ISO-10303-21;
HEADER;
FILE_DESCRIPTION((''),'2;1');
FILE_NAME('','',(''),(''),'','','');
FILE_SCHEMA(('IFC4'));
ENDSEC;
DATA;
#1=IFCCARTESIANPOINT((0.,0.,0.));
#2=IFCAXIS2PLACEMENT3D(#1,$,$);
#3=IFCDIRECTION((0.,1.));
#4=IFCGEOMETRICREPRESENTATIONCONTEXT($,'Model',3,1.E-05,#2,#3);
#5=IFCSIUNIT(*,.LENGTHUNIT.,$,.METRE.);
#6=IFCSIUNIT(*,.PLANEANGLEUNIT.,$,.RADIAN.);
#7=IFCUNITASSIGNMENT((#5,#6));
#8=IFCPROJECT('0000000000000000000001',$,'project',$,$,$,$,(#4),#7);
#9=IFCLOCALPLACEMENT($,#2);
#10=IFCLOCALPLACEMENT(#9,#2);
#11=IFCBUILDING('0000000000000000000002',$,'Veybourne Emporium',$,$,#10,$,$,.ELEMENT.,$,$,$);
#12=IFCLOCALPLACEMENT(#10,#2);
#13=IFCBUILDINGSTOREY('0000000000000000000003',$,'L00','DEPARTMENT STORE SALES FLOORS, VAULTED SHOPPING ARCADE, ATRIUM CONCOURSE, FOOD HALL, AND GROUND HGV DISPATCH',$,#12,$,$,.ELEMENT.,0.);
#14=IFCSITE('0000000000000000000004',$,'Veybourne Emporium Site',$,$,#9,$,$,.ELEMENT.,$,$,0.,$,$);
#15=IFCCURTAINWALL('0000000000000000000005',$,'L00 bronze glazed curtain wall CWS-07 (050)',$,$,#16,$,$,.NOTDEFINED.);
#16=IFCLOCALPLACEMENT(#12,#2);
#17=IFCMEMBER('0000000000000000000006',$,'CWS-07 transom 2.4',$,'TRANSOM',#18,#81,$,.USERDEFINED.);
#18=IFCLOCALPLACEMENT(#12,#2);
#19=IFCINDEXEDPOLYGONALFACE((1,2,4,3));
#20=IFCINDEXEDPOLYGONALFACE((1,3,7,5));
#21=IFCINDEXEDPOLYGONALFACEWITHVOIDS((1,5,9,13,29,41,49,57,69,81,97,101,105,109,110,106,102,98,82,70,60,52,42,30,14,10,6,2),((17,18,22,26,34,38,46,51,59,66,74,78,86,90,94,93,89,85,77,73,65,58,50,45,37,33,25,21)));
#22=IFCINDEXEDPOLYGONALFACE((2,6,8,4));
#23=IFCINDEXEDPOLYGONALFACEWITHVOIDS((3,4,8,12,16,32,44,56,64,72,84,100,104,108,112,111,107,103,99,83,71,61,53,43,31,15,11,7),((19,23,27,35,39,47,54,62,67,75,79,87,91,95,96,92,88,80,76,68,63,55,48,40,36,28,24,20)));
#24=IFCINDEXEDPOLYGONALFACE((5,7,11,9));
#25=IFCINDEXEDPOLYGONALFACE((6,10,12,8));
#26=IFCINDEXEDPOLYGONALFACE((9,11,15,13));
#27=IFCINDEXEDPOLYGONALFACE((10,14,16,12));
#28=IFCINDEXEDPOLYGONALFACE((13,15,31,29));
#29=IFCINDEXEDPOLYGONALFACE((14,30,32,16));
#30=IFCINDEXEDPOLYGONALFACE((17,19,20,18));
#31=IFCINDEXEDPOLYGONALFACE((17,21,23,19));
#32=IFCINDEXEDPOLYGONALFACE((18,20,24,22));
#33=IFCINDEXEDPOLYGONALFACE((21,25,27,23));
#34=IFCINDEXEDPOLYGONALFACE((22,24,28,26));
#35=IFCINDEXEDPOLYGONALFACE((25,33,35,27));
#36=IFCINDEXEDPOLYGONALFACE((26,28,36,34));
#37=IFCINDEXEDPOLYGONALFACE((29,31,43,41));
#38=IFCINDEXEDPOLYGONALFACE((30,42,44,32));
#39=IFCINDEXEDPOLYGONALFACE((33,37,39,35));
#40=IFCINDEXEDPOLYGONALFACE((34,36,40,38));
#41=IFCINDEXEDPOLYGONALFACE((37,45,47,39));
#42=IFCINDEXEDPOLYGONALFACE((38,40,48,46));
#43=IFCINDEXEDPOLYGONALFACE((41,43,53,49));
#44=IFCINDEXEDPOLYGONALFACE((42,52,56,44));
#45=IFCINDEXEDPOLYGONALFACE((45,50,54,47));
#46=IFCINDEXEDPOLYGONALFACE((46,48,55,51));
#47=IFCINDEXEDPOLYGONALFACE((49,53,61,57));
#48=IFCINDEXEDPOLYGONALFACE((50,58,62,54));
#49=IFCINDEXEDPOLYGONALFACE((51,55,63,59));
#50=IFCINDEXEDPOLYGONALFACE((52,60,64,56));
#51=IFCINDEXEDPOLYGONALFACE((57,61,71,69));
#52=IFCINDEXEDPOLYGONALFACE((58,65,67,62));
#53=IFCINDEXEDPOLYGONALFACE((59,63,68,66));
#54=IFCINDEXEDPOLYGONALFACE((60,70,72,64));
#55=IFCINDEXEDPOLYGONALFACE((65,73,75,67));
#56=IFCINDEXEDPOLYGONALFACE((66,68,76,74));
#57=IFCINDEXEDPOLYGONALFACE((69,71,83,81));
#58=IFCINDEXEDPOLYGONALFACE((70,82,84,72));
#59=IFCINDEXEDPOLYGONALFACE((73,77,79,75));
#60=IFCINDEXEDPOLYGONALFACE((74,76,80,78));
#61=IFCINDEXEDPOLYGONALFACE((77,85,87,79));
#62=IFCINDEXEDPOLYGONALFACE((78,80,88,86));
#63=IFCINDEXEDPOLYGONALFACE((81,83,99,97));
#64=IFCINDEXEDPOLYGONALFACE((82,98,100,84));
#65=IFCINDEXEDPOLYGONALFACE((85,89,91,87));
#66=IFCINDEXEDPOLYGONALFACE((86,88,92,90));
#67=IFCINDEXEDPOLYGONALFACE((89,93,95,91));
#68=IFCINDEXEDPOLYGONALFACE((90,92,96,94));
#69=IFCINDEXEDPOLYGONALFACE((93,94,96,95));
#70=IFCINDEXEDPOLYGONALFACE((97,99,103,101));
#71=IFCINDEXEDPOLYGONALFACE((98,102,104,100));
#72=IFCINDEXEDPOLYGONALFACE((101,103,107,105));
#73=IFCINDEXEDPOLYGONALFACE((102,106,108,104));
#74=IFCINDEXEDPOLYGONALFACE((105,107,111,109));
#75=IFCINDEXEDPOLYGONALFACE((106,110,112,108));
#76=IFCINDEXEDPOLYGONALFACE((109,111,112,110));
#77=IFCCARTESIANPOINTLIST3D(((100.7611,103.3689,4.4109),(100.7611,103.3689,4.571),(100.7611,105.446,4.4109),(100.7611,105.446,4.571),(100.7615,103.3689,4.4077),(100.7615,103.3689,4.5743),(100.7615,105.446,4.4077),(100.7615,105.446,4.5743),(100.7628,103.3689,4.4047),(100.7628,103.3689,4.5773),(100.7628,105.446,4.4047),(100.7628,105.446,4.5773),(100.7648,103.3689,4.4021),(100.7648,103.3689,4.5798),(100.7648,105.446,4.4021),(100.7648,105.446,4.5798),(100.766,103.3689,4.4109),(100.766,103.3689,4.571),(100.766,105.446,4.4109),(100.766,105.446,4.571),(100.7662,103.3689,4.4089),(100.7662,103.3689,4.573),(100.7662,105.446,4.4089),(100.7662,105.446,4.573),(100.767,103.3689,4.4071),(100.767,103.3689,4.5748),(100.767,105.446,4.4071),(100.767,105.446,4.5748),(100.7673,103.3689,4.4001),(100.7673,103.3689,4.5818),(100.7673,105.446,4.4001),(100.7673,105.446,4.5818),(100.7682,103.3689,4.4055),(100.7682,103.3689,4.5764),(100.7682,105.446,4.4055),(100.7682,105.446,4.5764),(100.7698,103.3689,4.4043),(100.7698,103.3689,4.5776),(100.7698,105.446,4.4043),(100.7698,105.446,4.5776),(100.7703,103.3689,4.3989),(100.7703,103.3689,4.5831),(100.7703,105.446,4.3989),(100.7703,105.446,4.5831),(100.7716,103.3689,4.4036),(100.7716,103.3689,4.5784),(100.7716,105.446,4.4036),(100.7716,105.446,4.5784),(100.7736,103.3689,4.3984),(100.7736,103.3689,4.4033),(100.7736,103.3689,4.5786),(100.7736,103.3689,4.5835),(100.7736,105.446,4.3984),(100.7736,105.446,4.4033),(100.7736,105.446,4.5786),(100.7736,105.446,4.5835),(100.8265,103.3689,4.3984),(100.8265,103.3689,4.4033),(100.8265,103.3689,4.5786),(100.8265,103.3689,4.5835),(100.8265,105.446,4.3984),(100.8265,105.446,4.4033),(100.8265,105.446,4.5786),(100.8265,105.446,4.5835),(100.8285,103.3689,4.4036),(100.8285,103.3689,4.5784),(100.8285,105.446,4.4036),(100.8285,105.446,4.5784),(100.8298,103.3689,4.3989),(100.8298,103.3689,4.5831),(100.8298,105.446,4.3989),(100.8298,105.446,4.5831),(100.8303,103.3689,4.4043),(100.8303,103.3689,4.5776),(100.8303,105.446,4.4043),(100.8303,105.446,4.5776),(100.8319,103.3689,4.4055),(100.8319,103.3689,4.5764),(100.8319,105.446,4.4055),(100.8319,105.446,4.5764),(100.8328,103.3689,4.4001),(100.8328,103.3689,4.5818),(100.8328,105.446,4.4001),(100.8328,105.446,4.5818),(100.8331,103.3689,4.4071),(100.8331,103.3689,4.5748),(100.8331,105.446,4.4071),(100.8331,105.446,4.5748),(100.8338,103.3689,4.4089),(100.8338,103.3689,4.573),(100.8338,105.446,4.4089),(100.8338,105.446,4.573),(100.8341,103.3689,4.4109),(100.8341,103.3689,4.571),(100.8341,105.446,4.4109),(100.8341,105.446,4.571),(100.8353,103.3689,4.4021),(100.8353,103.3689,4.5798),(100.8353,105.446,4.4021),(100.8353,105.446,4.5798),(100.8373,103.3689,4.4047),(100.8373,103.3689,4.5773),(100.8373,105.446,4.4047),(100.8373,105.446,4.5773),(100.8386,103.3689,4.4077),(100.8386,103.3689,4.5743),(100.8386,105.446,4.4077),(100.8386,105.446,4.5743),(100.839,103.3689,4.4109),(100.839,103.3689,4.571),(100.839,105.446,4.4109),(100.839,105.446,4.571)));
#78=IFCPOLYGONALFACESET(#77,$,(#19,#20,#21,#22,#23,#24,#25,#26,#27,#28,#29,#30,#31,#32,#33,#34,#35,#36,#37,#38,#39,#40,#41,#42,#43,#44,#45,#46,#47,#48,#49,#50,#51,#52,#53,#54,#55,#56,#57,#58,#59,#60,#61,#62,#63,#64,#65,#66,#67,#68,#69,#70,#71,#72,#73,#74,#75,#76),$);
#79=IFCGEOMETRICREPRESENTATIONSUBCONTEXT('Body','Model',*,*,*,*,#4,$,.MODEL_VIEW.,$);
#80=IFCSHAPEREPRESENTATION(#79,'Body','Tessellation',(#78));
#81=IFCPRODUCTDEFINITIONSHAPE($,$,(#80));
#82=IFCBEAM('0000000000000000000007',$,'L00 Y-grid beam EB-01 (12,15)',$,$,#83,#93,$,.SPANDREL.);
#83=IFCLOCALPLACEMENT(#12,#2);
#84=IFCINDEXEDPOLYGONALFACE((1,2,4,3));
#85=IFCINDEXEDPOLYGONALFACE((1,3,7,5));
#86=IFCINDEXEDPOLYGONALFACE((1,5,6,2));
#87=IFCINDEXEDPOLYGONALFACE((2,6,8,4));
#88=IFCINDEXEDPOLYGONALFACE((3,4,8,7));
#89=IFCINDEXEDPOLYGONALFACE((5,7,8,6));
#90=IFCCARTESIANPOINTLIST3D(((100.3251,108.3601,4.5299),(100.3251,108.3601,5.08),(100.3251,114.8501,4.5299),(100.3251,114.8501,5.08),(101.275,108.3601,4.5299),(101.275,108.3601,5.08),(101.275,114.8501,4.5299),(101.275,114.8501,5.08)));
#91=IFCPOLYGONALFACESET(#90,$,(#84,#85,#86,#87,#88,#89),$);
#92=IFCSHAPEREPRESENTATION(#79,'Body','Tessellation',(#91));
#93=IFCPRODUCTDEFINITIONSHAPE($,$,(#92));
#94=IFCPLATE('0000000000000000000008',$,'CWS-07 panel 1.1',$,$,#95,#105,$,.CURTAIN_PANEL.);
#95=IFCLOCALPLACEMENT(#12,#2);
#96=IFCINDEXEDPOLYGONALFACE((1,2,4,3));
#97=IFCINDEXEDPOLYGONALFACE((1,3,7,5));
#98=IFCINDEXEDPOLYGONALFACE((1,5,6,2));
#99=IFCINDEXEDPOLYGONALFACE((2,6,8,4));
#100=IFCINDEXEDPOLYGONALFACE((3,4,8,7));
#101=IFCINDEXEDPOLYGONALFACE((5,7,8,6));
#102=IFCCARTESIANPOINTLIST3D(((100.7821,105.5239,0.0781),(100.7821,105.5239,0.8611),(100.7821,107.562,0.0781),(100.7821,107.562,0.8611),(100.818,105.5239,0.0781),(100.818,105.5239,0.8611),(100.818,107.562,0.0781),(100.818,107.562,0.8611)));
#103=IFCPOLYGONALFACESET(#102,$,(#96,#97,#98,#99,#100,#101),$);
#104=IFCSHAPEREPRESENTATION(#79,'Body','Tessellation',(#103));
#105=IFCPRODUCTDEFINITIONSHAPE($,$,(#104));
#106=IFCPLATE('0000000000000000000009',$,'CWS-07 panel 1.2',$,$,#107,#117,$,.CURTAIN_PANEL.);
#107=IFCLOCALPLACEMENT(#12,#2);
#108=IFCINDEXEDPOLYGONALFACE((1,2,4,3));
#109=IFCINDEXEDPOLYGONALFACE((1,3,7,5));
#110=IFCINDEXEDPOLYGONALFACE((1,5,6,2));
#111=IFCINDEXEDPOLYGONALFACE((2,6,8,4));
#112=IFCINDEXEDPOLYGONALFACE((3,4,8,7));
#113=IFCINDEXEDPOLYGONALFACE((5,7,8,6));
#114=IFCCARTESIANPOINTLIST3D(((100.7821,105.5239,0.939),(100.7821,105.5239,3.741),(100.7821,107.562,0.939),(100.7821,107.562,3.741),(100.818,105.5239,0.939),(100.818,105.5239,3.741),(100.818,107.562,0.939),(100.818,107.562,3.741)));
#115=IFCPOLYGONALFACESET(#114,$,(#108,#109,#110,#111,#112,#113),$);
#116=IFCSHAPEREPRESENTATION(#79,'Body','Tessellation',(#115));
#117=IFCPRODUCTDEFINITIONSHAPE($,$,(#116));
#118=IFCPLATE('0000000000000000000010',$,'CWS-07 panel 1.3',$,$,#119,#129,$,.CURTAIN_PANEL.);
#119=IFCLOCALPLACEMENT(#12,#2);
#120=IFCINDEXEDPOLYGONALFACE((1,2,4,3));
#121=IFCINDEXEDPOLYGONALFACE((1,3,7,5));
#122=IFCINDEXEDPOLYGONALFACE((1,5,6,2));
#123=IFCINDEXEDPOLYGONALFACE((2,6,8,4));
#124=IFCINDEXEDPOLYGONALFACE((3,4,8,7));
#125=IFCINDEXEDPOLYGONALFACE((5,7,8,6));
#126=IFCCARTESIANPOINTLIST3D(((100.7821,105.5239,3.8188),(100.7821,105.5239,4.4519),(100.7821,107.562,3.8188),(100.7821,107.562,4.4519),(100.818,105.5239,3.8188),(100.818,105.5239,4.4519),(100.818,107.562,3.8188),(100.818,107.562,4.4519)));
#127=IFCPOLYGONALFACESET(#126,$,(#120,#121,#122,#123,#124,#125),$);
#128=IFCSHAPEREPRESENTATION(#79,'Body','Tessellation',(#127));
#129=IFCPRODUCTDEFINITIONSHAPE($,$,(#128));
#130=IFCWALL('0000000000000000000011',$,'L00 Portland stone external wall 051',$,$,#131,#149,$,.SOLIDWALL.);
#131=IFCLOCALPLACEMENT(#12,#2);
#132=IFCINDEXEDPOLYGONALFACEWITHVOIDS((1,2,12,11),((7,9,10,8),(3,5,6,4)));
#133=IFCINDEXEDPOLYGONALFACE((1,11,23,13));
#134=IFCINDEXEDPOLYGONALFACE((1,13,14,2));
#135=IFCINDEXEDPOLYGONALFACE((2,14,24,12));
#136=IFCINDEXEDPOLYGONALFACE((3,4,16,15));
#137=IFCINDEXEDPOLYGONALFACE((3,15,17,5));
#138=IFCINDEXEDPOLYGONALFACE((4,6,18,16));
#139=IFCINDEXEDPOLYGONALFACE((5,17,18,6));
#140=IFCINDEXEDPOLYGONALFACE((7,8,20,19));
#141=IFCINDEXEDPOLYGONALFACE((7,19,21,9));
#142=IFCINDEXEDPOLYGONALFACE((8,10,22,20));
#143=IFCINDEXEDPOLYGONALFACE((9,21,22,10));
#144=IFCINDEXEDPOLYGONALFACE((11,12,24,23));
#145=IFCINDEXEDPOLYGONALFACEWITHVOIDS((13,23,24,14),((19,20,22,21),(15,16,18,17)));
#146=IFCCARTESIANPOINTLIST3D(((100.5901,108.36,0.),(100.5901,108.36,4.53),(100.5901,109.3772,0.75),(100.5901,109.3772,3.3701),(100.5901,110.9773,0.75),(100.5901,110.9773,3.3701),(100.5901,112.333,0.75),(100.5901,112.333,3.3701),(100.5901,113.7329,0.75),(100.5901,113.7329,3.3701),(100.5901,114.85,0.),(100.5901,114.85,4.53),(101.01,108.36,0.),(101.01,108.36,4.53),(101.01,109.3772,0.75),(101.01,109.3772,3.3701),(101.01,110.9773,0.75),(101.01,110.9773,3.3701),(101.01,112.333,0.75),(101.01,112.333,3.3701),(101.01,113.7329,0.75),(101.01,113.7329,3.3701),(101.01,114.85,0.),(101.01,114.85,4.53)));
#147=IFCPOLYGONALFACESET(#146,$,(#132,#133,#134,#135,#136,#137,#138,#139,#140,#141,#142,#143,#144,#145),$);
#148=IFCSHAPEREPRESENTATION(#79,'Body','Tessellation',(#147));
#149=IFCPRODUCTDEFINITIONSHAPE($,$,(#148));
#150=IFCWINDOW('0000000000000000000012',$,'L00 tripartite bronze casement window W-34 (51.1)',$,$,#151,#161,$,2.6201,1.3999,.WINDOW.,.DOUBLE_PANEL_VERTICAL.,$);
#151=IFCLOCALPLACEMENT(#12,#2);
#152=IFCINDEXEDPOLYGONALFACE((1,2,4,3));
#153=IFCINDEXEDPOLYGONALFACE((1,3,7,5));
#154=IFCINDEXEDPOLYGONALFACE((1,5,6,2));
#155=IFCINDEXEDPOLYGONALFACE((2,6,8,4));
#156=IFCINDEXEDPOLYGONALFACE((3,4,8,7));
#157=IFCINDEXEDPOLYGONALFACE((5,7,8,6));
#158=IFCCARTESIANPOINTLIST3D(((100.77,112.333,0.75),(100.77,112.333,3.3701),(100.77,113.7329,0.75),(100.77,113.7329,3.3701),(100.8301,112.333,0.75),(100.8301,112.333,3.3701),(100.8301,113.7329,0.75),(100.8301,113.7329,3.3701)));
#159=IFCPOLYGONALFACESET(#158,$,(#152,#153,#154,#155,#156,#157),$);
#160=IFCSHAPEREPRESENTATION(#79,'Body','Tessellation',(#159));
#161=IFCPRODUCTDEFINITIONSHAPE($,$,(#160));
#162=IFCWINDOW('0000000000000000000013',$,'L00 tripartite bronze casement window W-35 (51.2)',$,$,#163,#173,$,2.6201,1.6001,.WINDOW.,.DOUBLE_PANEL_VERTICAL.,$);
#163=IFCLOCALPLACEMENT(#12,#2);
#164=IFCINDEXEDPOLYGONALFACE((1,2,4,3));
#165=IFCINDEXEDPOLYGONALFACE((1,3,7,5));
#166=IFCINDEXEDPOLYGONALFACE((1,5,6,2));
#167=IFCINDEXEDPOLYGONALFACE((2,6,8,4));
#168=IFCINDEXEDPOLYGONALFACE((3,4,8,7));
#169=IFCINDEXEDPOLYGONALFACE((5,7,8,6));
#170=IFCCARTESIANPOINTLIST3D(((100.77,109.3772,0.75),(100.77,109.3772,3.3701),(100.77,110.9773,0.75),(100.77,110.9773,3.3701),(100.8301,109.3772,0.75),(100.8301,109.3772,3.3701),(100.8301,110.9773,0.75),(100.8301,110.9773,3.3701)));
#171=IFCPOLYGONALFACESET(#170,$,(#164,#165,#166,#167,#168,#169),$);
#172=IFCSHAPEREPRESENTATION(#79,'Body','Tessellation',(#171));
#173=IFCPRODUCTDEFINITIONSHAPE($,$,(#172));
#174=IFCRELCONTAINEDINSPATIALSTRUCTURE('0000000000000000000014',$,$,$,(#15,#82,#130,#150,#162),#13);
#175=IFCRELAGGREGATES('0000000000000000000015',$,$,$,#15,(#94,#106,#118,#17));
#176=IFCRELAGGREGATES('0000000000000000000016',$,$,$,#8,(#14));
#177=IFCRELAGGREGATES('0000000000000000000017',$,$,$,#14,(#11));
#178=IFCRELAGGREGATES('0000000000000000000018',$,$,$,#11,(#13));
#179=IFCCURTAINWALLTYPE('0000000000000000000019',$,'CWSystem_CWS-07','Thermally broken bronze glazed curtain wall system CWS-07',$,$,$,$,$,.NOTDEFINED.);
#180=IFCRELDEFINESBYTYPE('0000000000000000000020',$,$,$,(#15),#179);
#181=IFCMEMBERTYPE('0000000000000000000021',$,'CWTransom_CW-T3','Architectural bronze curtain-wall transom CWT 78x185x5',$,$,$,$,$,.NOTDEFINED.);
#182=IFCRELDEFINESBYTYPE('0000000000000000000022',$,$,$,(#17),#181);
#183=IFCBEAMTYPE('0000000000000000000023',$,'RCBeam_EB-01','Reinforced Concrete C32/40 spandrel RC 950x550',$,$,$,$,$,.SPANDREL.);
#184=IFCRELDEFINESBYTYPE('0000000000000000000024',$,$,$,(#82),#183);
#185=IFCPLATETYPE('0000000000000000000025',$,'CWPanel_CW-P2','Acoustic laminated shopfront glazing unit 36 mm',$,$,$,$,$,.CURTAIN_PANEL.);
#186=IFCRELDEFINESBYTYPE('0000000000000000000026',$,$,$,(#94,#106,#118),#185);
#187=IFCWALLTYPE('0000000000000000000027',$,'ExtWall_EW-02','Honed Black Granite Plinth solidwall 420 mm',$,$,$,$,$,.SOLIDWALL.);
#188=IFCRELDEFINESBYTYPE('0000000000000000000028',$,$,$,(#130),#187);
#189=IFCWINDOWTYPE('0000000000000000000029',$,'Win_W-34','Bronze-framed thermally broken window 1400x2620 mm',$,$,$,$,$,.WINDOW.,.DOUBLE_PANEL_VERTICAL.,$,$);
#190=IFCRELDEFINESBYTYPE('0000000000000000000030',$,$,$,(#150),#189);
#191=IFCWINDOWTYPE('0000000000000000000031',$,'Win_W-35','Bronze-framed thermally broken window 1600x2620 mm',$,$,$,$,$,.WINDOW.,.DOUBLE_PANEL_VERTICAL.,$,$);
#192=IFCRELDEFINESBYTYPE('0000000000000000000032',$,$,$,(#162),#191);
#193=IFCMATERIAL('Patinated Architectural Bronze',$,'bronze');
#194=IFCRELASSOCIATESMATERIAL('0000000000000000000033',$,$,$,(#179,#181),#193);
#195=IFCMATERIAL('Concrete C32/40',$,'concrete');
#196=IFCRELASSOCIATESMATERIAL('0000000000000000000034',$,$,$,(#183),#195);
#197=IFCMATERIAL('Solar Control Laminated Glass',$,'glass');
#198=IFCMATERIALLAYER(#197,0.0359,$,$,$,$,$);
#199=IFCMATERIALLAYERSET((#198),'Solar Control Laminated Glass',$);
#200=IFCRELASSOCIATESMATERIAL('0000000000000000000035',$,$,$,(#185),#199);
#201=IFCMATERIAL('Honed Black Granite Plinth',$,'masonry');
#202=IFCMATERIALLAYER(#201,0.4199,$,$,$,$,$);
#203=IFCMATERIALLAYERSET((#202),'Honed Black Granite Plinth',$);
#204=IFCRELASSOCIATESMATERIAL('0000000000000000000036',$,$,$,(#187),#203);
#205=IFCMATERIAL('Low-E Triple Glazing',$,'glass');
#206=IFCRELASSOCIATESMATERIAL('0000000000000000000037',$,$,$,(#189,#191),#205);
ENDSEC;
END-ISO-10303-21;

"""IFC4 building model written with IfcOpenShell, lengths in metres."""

from ifc_helpers import new_model, si_unit, direction, frame, frame_2d, origin, origin_2d, place, context, subcontext, project, spatial, rectangle, hollow_rectangle, extrude, material, layer, layer_set, material_profile, profile_set, type_object, element, fill, aggregate, save


model = new_model("IFC4")

# Units and contexts
model_context = context("Model", 3, precision=1e-05, world=origin(), true_north=direction((0.0, 1.0)))
body_context = subcontext(model_context, "Body", "Model", "MODEL_VIEW")
ifc_project = project(units=[si_unit("LENGTHUNIT", "METRE"), si_unit("PLANEANGLEUNIT", "RADIAN")], contexts=[model_context])

# Site, building, storey
site_placement = place(None, origin())
site = spatial("IfcSite", under=ifc_project, at=site_placement, Name="Veybourne Emporium Site", CompositionType="ELEMENT", RefElevation=0.0)
building_placement = place(site_placement, origin())
building = spatial("IfcBuilding", under=site, at=building_placement, Name="Veybourne Emporium", CompositionType="ELEMENT")
storey_placement = place(building_placement, origin())
storey = spatial("IfcBuildingStorey", under=building, at=storey_placement, Name="L00", Description="DEPARTMENT STORE SALES FLOORS, VAULTED SHOPPING ARCADE, ATRIUM CONCOURSE, FOOD HALL, AND GROUND HGV DISPATCH", CompositionType="ELEMENT", Elevation=0.0)

# Curtain wall
ifc_material_1 = material(Name="Patinated Architectural Bronze", Category="bronze")
curtain_wall_type_1 = type_object("IfcCurtainWallType", Name="CWSystem_CWS-07", Description="Thermally broken bronze glazed curtain wall system CWS-07", PredefinedType="NOTDEFINED", material=ifc_material_1)
curtain_wall_1_placement = place(storey_placement, origin())
curtain_wall_1 = element("IfcCurtainWall", 1, at=curtain_wall_1_placement, inside=storey, type_object=curtain_wall_type_1, Name="L00 bronze glazed curtain wall CWS-07 (050)", PredefinedType="NOTDEFINED")

# Member
ifc_material_profile_1 = material_profile(ifc_material_1, hollow_rectangle(XDim=0.0779, YDim=0.1851, WallThickness=0.0049, InnerFilletRadius=0.0076, OuterFilletRadius=0.0125, at=origin_2d()), Name="CWT 78x185x5")
ifc_profile_set_1 = profile_set([ifc_material_profile_1], Name="Patinated Architectural Bronze")
member_type_1 = type_object("IfcMemberType", Name="CWTransom_CW-T3", Description="Architectural bronze curtain-wall transom CWT 78x185x5", PredefinedType="NOTDEFINED", material=ifc_profile_set_1)
member_1_placement = place(storey_placement, frame((100.8, 105.446, 4.491), z_axis=(0.0, -1.0, 0.0), x_axis=(1.0, 0.0, 0.0)))
member_1 = element("IfcMember", 2, at=member_1_placement, type_object=member_type_1, Name="CWS-07 transom 2.4", ObjectType="TRANSOM", PredefinedType="USERDEFINED", context=body_context, shape_type="SweptSolid", body=[
    extrude(hollow_rectangle(XDim=0.0779, YDim=0.1851, WallThickness=0.0049, InnerFilletRadius=0.0076, OuterFilletRadius=0.0125, at=origin_2d()), origin(), (0.0, 0.0, 1.0), 2.0771),
])

# Beam
ifc_material_2 = material(Name="Concrete C32/40", Category="concrete")
ifc_material_profile_2 = material_profile(ifc_material_2, rectangle(XDim=0.95, YDim=0.55, at=origin_2d()), Name="RC 950x550")
ifc_profile_set_2 = profile_set([ifc_material_profile_2], Name="Concrete C32/40")
beam_type = type_object("IfcBeamType", Name="RCBeam_EB-01", Description="Reinforced Concrete C32/40 spandrel RC 950x550", PredefinedType="SPANDREL", material=ifc_profile_set_2)
beam_placement = place(storey_placement, frame((100.8, 108.3601, 4.8049), z_axis=(0.0, 1.0, 0.0), x_axis=(-1.0, 0.0, 0.0)))
element("IfcBeam", 3, at=beam_placement, inside=storey, type_object=beam_type, Name="L00 Y-grid beam EB-01 (12,15)", PredefinedType="SPANDREL", context=body_context, shape_type="SweptSolid", body=[
    extrude(rectangle(XDim=0.95, YDim=0.55, at=origin_2d()), origin(), (0.0, 0.0, 1.0), 6.49),
])

# Plates
ifc_material_3 = material(Name="Solar Control Laminated Glass", Category="glass")
ifc_layer_1 = layer(ifc_material_3, 0.0359)
ifc_layer_set_1 = layer_set([ifc_layer_1], Name="Solar Control Laminated Glass")
plate_type = type_object("IfcPlateType", Name="CWPanel_CW-P2", Description="Acoustic laminated shopfront glazing unit 36 mm", PredefinedType="CURTAIN_PANEL", material=ifc_layer_set_1)
plate_1_placement = place(storey_placement, frame((100.8, 106.543, 0.0781), z_axis=(0.0, 0.0, 1.0), x_axis=(0.0, -1.0, 0.0)))
plate_1 = element("IfcPlate", 4, at=plate_1_placement, type_object=plate_type, Name="CWS-07 panel 1.1", PredefinedType="CURTAIN_PANEL", context=body_context, shape_type="SweptSolid", body=[
    extrude(rectangle(XDim=2.0381, YDim=0.0359, at=origin_2d()), origin(), (0.0, 0.0, 1.0), 0.783),
])
plate_2_placement = place(storey_placement, frame((100.8, 106.543, 0.939), z_axis=(0.0, 0.0, 1.0), x_axis=(0.0, -1.0, 0.0)))
plate_2 = element("IfcPlate", 5, at=plate_2_placement, type_object=plate_type, Name="CWS-07 panel 1.2", PredefinedType="CURTAIN_PANEL", context=body_context, shape_type="SweptSolid", body=[
    extrude(rectangle(XDim=2.0381, YDim=0.0359, at=origin_2d()), origin(), (0.0, 0.0, 1.0), 2.802),
])
plate_3_placement = place(storey_placement, frame((100.8, 106.543, 3.8188), z_axis=(0.0, 0.0, 1.0), x_axis=(0.0, -1.0, 0.0)))
plate_3 = element("IfcPlate", 6, at=plate_3_placement, type_object=plate_type, Name="CWS-07 panel 1.3", PredefinedType="CURTAIN_PANEL", context=body_context, shape_type="SweptSolid", body=[
    extrude(rectangle(XDim=2.0381, YDim=0.0359, at=origin_2d()), origin(), (0.0, 0.0, 1.0), 0.6331),
])
aggregate(curtain_wall_1, [plate_1, plate_2, plate_3, member_1])

# Wall, openings, windows
ifc_material_4 = material(Name="Honed Black Granite Plinth", Category="masonry")
ifc_layer_2 = layer(ifc_material_4, 0.4199)
ifc_layer_set_2 = layer_set([ifc_layer_2], Name="Honed Black Granite Plinth")
wall_type = type_object("IfcWallType", Name="ExtWall_EW-02", Description="Honed Black Granite Plinth solidwall 420 mm", PredefinedType="SOLIDWALL", material=ifc_layer_set_2)
wall_placement = place(storey_placement, frame((100.8, 114.8501, 0.0), z_axis=(0.0, 0.0, 1.0), x_axis=(0.0, -1.0, 0.0)))
wall = element("IfcWall", 7, at=wall_placement, inside=storey, type_object=wall_type, Name="L00 Portland stone external wall 051", PredefinedType="SOLIDWALL", context=body_context, shape_type="SweptSolid", body=[
    extrude(rectangle(XDim=6.49, YDim=0.4199, at=frame_2d((3.2451, 0.0))), origin(), (0.0, 0.0, 1.0), 4.53),
])
opening_1_placement = place(wall_placement, frame((1.1172, 0.0, 0.75)))
opening_1 = element("IfcOpeningElement", 8, at=opening_1_placement, cuts=wall, PredefinedType="OPENING", context=body_context, shape_type="SweptSolid", body=[
    extrude(rectangle(XDim=1.3999, YDim=2.6201, at=frame_2d((0.7, 1.3101))), frame((0.0, 0.23, 0.0), z_axis=(0.0, -1.0, 0.0), x_axis=(1.0, 0.0, 0.0)), (0.0, 0.0, 1.0), 0.46),
])
opening_2_placement = place(wall_placement, frame((3.8728, 0.0, 0.75)))
opening_2 = element("IfcOpeningElement", 9, at=opening_2_placement, cuts=wall, PredefinedType="OPENING", context=body_context, shape_type="SweptSolid", body=[
    extrude(rectangle(XDim=1.6001, YDim=2.6201, at=frame_2d((0.8, 1.3101))), frame((0.0, 0.23, 0.0), z_axis=(0.0, -1.0, 0.0), x_axis=(1.0, 0.0, 0.0)), (0.0, 0.0, 1.0), 0.46),
])
ifc_material_5 = material(Name="Low-E Triple Glazing", Category="glass")
window_type_1 = type_object("IfcWindowType", Name="Win_W-34", Description="Bronze-framed thermally broken window 1400x2620 mm", PartitioningType="DOUBLE_PANEL_VERTICAL", PredefinedType="WINDOW", material=ifc_material_5)
window_1_placement = place(opening_1_placement, origin())
window_1 = element("IfcWindow", 10, at=window_1_placement, inside=storey, type_object=window_type_1, Name="L00 tripartite bronze casement window W-34 (51.1)", OverallHeight=2.6201, OverallWidth=1.3999, PartitioningType="DOUBLE_PANEL_VERTICAL", PredefinedType="WINDOW", context=body_context, shape_type="SweptSolid", body=[
    extrude(rectangle(XDim=1.3999, YDim=2.6201, at=frame_2d((0.7, 1.3101))), frame((0.0, 0.03, 0.0), z_axis=(0.0, -1.0, 0.0), x_axis=(1.0, 0.0, 0.0)), (0.0, 0.0, 1.0), 0.0601),
])
fill(opening_1, window_1)
window_type_2 = type_object("IfcWindowType", Name="Win_W-35", Description="Bronze-framed thermally broken window 1600x2620 mm", PartitioningType="DOUBLE_PANEL_VERTICAL", PredefinedType="WINDOW", material=ifc_material_5)
window_2_placement = place(opening_2_placement, origin())
window_2 = element("IfcWindow", 11, at=window_2_placement, inside=storey, type_object=window_type_2, Name="L00 tripartite bronze casement window W-35 (51.2)", OverallHeight=2.6201, OverallWidth=1.6001, PartitioningType="DOUBLE_PANEL_VERTICAL", PredefinedType="WINDOW", context=body_context, shape_type="SweptSolid", body=[
    extrude(rectangle(XDim=1.6001, YDim=2.6201, at=frame_2d((0.8, 1.3101))), frame((0.0, 0.03, 0.0), z_axis=(0.0, -1.0, 0.0), x_axis=(1.0, 0.0, 0.0)), (0.0, 0.0, 1.0), 0.0601),
])
fill(opening_2, window_2)

save(model, "model.ifc")
